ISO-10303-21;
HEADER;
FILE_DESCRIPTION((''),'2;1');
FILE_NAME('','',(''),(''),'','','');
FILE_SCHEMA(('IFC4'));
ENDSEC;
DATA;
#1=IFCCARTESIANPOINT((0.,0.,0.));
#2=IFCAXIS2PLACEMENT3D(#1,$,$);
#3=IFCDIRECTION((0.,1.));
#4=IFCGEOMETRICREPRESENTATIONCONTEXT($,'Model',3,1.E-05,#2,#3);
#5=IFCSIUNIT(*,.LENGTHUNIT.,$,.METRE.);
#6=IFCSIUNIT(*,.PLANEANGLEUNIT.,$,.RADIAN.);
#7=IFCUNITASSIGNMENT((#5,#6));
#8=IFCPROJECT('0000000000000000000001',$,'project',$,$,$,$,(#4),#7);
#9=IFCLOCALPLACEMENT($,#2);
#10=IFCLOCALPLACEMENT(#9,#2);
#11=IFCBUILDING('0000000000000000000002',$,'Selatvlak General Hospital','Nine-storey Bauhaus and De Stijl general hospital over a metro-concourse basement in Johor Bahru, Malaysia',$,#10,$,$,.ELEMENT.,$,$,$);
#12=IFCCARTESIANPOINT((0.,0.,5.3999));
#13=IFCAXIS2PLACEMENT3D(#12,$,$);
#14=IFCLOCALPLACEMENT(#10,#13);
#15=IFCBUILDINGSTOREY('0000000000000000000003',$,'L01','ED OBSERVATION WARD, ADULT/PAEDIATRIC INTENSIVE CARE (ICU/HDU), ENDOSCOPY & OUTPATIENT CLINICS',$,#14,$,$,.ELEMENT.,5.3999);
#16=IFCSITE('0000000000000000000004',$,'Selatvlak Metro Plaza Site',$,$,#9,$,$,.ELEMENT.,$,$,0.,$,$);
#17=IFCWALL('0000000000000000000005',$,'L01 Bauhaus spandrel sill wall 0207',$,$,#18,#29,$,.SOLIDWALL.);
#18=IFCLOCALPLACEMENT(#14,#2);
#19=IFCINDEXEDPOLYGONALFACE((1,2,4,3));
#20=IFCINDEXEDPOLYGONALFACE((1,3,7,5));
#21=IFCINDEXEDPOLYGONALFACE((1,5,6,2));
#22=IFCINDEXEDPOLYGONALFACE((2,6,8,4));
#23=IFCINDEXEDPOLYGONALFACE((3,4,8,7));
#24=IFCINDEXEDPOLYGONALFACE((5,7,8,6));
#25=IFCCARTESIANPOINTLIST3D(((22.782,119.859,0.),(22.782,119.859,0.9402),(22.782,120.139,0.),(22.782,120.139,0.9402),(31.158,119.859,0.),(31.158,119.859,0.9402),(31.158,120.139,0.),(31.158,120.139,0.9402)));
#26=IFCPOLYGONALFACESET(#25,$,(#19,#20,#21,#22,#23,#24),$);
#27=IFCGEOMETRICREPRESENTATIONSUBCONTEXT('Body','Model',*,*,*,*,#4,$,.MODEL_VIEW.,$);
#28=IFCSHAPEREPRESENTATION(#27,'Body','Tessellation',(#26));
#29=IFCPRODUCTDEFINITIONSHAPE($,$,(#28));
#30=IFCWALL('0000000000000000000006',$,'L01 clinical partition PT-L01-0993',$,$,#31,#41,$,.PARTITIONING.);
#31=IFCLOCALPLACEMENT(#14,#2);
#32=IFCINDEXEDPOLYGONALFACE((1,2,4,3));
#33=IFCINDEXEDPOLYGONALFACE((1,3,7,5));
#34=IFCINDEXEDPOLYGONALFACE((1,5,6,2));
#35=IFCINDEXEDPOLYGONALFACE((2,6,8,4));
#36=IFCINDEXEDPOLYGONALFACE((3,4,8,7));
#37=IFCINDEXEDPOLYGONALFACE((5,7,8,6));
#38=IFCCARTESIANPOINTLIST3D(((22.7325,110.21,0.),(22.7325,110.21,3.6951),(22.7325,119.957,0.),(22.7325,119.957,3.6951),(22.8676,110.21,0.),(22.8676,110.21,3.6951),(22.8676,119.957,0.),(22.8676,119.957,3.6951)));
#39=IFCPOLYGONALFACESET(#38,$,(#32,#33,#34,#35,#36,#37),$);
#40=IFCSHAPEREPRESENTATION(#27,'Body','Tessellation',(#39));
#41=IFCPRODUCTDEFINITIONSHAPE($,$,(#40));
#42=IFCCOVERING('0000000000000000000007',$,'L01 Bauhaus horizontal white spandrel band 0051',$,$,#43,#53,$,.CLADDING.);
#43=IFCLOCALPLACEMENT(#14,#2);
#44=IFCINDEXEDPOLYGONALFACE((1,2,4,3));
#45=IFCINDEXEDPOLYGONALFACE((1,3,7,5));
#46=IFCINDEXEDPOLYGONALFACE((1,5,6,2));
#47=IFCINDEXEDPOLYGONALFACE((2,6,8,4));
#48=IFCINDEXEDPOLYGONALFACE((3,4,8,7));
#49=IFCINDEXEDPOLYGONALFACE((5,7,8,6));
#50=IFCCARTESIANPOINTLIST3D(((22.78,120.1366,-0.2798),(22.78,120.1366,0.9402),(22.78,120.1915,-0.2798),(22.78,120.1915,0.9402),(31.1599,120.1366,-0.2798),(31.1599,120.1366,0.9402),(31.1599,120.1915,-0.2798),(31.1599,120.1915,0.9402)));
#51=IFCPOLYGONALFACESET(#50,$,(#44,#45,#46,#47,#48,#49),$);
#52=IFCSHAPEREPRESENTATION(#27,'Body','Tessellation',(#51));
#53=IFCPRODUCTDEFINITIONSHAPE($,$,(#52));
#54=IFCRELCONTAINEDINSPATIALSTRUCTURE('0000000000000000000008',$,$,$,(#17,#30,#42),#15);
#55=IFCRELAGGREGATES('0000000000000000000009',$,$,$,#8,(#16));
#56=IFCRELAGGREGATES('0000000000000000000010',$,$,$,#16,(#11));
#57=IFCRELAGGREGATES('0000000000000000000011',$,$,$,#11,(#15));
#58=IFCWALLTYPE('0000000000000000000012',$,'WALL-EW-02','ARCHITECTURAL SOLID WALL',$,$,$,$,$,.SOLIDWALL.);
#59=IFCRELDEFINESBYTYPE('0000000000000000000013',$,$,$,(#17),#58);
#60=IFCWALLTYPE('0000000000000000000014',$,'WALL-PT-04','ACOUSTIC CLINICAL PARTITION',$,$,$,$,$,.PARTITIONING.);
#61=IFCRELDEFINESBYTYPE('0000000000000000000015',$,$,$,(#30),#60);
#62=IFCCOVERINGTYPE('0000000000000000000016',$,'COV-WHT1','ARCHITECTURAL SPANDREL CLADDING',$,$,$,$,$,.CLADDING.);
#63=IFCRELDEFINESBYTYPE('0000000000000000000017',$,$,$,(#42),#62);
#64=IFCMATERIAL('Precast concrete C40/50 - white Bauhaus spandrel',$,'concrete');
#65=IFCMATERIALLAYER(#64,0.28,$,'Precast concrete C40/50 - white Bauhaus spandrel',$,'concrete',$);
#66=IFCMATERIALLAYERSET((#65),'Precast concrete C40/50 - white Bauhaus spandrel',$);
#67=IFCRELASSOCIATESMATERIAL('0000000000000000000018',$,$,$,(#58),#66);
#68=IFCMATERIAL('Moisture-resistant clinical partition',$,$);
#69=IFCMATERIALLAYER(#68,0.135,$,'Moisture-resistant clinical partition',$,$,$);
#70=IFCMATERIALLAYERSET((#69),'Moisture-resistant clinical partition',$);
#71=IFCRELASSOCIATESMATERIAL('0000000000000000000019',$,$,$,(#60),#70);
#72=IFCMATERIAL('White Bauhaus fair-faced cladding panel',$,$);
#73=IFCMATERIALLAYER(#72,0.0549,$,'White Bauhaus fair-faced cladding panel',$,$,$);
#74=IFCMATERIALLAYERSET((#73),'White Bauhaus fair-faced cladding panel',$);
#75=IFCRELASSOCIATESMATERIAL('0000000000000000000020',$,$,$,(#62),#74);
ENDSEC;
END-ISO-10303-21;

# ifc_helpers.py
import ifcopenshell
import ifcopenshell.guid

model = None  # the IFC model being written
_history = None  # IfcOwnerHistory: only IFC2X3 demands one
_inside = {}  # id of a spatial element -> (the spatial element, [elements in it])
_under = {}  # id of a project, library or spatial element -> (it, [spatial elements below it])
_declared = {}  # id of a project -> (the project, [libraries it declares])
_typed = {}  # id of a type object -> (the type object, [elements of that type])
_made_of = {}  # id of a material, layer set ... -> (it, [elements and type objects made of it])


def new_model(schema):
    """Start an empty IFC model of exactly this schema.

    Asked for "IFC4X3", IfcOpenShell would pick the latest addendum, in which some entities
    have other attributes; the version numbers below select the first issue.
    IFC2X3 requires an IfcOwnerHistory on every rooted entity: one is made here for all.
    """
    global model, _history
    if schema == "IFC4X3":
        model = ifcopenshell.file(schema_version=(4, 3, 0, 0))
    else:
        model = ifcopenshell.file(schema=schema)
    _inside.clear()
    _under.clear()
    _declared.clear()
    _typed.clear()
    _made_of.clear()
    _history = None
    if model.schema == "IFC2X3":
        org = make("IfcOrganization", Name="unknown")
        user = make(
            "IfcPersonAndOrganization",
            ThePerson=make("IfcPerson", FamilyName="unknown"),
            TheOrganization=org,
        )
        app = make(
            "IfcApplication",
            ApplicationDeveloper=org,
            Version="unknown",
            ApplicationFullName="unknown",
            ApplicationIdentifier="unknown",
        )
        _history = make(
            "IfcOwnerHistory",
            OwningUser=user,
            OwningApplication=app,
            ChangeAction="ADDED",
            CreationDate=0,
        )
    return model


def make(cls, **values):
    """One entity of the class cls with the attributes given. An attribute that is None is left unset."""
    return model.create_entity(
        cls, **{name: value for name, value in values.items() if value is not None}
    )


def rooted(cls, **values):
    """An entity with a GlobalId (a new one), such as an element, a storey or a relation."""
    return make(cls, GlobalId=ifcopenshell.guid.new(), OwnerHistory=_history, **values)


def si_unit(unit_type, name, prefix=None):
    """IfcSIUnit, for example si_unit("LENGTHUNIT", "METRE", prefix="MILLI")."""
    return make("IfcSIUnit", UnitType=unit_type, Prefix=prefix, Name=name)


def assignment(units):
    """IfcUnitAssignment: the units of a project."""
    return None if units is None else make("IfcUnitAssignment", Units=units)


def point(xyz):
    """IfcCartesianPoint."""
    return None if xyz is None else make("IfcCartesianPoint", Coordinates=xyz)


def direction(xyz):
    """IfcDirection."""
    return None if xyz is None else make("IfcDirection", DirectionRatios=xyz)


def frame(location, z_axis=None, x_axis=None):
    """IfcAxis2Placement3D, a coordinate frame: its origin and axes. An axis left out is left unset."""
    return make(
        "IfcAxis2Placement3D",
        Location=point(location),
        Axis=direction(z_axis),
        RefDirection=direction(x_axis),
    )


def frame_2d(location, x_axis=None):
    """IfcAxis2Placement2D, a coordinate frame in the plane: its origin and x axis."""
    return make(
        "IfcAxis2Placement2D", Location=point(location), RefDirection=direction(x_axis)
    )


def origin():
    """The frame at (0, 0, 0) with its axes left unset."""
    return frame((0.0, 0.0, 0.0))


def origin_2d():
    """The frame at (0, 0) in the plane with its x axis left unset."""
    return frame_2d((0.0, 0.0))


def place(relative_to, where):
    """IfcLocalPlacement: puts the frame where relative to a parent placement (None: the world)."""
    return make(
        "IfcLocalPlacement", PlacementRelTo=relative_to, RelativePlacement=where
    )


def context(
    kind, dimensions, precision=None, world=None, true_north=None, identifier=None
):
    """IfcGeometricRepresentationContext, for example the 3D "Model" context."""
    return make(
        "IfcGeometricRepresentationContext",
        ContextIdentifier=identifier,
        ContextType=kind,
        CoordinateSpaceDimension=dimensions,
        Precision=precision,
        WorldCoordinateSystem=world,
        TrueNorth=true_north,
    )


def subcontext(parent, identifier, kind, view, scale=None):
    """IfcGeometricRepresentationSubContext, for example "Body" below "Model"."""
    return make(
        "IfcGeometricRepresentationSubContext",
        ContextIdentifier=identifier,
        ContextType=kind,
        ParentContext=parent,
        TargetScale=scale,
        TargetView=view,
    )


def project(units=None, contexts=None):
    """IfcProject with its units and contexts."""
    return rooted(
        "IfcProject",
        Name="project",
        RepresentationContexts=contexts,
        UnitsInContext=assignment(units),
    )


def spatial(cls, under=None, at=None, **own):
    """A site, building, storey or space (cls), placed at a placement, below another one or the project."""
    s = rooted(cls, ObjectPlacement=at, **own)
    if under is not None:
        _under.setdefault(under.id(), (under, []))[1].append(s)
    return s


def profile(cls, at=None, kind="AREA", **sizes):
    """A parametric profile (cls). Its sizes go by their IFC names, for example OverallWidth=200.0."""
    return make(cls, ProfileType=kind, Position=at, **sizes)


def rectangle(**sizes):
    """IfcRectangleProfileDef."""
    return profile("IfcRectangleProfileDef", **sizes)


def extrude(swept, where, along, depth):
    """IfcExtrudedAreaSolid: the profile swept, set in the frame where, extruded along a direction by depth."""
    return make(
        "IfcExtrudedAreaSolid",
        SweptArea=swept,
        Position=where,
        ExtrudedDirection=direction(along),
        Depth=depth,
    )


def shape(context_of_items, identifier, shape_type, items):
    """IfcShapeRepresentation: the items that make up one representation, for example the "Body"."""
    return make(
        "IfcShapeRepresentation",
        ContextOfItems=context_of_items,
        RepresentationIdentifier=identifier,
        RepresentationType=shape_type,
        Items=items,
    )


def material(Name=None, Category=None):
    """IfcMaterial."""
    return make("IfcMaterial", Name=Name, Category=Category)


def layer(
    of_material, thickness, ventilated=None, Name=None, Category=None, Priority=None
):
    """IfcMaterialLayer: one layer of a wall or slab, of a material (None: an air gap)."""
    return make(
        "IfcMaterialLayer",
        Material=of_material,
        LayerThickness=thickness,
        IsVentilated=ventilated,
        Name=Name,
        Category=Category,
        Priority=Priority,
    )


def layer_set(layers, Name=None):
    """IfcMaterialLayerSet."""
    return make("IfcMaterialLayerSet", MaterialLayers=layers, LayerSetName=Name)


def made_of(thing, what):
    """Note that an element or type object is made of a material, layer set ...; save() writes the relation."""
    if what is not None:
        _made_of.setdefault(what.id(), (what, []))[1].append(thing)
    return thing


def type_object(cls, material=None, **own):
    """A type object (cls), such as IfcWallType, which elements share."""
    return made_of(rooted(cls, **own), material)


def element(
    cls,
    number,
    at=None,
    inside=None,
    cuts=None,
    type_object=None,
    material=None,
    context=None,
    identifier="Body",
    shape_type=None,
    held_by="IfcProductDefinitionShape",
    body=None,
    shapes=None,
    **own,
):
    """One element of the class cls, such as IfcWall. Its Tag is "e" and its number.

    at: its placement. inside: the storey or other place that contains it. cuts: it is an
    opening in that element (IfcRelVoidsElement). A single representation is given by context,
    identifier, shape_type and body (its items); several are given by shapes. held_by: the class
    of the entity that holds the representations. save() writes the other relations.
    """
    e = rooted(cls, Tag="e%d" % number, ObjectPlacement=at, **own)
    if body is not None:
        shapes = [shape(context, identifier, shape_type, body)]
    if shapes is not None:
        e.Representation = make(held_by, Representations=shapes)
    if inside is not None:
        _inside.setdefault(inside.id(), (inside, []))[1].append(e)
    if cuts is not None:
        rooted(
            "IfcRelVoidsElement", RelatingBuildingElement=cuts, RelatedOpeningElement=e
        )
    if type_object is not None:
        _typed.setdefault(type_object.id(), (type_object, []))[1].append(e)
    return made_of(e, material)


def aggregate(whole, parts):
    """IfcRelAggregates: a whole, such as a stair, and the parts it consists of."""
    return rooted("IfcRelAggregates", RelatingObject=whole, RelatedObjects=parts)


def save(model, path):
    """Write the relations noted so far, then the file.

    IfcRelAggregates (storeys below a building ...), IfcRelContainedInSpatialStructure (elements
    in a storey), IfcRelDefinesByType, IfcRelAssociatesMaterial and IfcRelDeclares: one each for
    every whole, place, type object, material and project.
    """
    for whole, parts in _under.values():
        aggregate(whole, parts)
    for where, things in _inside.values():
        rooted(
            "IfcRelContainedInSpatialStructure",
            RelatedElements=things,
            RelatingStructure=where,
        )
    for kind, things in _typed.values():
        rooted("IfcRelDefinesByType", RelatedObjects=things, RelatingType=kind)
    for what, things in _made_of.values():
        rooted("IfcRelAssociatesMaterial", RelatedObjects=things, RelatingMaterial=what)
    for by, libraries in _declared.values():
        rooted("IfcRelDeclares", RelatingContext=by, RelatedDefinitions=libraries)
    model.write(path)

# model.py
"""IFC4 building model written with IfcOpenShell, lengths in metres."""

from ifc_helpers import new_model, si_unit, direction, frame, frame_2d, origin, origin_2d, place, context, subcontext, project, spatial, rectangle, extrude, material, layer, layer_set, type_object, element, save


model = new_model("IFC4")

# Units and contexts
model_context = context("Model", 3, precision=1e-05, world=origin(), true_north=direction((0.0, 1.0)))
body_context = subcontext(model_context, "Body", "Model", "MODEL_VIEW")
ifc_project = project(units=[si_unit("LENGTHUNIT", "METRE"), si_unit("PLANEANGLEUNIT", "RADIAN")], contexts=[model_context])

# Site, building, storey
site_placement = place(None, origin())
site = spatial("IfcSite", under=ifc_project, at=site_placement, Name="Selatvlak Metro Plaza Site", CompositionType="ELEMENT", RefElevation=0.0)
building_placement = place(site_placement, origin())
building = spatial("IfcBuilding", under=site, at=building_placement, Name="Selatvlak General Hospital", Description="Nine-storey Bauhaus and De Stijl general hospital over a metro-concourse basement in Johor Bahru, Malaysia", CompositionType="ELEMENT")
storey_placement = place(building_placement, frame((0.0, 0.0, 5.3999)))
storey = spatial("IfcBuildingStorey", under=building, at=storey_placement, Name="L01", Description="ED OBSERVATION WARD, ADULT/PAEDIATRIC INTENSIVE CARE (ICU/HDU), ENDOSCOPY & OUTPATIENT CLINICS", CompositionType="ELEMENT", Elevation=5.3999)

# Walls
ifc_material_1 = material(Name="Precast concrete C40/50 - white Bauhaus spandrel", Category="concrete")
ifc_layer_1 = layer(ifc_material_1, 0.28, Name="Precast concrete C40/50 - white Bauhaus spandrel", Category="concrete")
ifc_layer_set_1 = layer_set([ifc_layer_1], Name="Precast concrete C40/50 - white Bauhaus spandrel")
wall_type_1 = type_object("IfcWallType", Name="WALL-EW-02", Description="ARCHITECTURAL SOLID WALL", PredefinedType="SOLIDWALL", material=ifc_layer_set_1)
wall_1_placement = place(storey_placement, frame((22.782, 119.999, 0.0), z_axis=(0.0, 0.0, 1.0), x_axis=(1.0, 0.0, 0.0)))
element("IfcWall", 1, at=wall_1_placement, inside=storey, type_object=wall_type_1, Name="L01 Bauhaus spandrel sill wall 0207", PredefinedType="SOLIDWALL", context=body_context, shape_type="SweptSolid", body=[
    extrude(rectangle(XDim=8.376, YDim=0.28, at=frame_2d((4.188, 0.0))), origin(), (0.0, 0.0, 1.0), 0.9402),
])
ifc_material_2 = material(Name="Moisture-resistant clinical partition")
ifc_layer_2 = layer(ifc_material_2, 0.135, Name="Moisture-resistant clinical partition")
ifc_layer_set_2 = layer_set([ifc_layer_2], Name="Moisture-resistant clinical partition")
wall_type_2 = type_object("IfcWallType", Name="WALL-PT-04", Description="ACOUSTIC CLINICAL PARTITION", PredefinedType="PARTITIONING", material=ifc_layer_set_2)
wall_2_placement = place(storey_placement, frame((22.8, 119.957, 0.0), z_axis=(0.0, 0.0, 1.0), x_axis=(0.0, -1.0, 0.0)))
element("IfcWall", 2, at=wall_2_placement, inside=storey, type_object=wall_type_2, Name="L01 clinical partition PT-L01-0993", PredefinedType="PARTITIONING", context=body_context, shape_type="SweptSolid", body=[
    extrude(rectangle(XDim=9.7471, YDim=0.135, at=frame_2d((4.8735, 0.0))), origin(), (0.0, 0.0, 1.0), 3.6951),
])

# Covering
ifc_material_3 = material(Name="White Bauhaus fair-faced cladding panel")
ifc_layer_3 = layer(ifc_material_3, 0.0549, Name="White Bauhaus fair-faced cladding panel")
ifc_layer_set_3 = layer_set([ifc_layer_3], Name="White Bauhaus fair-faced cladding panel")
covering_type = type_object("IfcCoveringType", Name="COV-WHT1", Description="ARCHITECTURAL SPANDREL CLADDING", PredefinedType="CLADDING", material=ifc_layer_set_3)
covering_placement = place(storey_placement, frame((26.97, 120.1641, -0.2798), z_axis=(0.0, 0.0, 1.0), x_axis=(1.0, 0.0, 0.0)))
element("IfcCovering", 3, at=covering_placement, inside=storey, type_object=covering_type, Name="L01 Bauhaus horizontal white spandrel band 0051", PredefinedType="CLADDING", context=body_context, shape_type="SweptSolid", body=[
    extrude(rectangle(XDim=8.3799, YDim=0.0549, at=origin_2d()), origin(), (0.0, 0.0, 1.0), 1.22),
])

save(model, "model.ifc")
